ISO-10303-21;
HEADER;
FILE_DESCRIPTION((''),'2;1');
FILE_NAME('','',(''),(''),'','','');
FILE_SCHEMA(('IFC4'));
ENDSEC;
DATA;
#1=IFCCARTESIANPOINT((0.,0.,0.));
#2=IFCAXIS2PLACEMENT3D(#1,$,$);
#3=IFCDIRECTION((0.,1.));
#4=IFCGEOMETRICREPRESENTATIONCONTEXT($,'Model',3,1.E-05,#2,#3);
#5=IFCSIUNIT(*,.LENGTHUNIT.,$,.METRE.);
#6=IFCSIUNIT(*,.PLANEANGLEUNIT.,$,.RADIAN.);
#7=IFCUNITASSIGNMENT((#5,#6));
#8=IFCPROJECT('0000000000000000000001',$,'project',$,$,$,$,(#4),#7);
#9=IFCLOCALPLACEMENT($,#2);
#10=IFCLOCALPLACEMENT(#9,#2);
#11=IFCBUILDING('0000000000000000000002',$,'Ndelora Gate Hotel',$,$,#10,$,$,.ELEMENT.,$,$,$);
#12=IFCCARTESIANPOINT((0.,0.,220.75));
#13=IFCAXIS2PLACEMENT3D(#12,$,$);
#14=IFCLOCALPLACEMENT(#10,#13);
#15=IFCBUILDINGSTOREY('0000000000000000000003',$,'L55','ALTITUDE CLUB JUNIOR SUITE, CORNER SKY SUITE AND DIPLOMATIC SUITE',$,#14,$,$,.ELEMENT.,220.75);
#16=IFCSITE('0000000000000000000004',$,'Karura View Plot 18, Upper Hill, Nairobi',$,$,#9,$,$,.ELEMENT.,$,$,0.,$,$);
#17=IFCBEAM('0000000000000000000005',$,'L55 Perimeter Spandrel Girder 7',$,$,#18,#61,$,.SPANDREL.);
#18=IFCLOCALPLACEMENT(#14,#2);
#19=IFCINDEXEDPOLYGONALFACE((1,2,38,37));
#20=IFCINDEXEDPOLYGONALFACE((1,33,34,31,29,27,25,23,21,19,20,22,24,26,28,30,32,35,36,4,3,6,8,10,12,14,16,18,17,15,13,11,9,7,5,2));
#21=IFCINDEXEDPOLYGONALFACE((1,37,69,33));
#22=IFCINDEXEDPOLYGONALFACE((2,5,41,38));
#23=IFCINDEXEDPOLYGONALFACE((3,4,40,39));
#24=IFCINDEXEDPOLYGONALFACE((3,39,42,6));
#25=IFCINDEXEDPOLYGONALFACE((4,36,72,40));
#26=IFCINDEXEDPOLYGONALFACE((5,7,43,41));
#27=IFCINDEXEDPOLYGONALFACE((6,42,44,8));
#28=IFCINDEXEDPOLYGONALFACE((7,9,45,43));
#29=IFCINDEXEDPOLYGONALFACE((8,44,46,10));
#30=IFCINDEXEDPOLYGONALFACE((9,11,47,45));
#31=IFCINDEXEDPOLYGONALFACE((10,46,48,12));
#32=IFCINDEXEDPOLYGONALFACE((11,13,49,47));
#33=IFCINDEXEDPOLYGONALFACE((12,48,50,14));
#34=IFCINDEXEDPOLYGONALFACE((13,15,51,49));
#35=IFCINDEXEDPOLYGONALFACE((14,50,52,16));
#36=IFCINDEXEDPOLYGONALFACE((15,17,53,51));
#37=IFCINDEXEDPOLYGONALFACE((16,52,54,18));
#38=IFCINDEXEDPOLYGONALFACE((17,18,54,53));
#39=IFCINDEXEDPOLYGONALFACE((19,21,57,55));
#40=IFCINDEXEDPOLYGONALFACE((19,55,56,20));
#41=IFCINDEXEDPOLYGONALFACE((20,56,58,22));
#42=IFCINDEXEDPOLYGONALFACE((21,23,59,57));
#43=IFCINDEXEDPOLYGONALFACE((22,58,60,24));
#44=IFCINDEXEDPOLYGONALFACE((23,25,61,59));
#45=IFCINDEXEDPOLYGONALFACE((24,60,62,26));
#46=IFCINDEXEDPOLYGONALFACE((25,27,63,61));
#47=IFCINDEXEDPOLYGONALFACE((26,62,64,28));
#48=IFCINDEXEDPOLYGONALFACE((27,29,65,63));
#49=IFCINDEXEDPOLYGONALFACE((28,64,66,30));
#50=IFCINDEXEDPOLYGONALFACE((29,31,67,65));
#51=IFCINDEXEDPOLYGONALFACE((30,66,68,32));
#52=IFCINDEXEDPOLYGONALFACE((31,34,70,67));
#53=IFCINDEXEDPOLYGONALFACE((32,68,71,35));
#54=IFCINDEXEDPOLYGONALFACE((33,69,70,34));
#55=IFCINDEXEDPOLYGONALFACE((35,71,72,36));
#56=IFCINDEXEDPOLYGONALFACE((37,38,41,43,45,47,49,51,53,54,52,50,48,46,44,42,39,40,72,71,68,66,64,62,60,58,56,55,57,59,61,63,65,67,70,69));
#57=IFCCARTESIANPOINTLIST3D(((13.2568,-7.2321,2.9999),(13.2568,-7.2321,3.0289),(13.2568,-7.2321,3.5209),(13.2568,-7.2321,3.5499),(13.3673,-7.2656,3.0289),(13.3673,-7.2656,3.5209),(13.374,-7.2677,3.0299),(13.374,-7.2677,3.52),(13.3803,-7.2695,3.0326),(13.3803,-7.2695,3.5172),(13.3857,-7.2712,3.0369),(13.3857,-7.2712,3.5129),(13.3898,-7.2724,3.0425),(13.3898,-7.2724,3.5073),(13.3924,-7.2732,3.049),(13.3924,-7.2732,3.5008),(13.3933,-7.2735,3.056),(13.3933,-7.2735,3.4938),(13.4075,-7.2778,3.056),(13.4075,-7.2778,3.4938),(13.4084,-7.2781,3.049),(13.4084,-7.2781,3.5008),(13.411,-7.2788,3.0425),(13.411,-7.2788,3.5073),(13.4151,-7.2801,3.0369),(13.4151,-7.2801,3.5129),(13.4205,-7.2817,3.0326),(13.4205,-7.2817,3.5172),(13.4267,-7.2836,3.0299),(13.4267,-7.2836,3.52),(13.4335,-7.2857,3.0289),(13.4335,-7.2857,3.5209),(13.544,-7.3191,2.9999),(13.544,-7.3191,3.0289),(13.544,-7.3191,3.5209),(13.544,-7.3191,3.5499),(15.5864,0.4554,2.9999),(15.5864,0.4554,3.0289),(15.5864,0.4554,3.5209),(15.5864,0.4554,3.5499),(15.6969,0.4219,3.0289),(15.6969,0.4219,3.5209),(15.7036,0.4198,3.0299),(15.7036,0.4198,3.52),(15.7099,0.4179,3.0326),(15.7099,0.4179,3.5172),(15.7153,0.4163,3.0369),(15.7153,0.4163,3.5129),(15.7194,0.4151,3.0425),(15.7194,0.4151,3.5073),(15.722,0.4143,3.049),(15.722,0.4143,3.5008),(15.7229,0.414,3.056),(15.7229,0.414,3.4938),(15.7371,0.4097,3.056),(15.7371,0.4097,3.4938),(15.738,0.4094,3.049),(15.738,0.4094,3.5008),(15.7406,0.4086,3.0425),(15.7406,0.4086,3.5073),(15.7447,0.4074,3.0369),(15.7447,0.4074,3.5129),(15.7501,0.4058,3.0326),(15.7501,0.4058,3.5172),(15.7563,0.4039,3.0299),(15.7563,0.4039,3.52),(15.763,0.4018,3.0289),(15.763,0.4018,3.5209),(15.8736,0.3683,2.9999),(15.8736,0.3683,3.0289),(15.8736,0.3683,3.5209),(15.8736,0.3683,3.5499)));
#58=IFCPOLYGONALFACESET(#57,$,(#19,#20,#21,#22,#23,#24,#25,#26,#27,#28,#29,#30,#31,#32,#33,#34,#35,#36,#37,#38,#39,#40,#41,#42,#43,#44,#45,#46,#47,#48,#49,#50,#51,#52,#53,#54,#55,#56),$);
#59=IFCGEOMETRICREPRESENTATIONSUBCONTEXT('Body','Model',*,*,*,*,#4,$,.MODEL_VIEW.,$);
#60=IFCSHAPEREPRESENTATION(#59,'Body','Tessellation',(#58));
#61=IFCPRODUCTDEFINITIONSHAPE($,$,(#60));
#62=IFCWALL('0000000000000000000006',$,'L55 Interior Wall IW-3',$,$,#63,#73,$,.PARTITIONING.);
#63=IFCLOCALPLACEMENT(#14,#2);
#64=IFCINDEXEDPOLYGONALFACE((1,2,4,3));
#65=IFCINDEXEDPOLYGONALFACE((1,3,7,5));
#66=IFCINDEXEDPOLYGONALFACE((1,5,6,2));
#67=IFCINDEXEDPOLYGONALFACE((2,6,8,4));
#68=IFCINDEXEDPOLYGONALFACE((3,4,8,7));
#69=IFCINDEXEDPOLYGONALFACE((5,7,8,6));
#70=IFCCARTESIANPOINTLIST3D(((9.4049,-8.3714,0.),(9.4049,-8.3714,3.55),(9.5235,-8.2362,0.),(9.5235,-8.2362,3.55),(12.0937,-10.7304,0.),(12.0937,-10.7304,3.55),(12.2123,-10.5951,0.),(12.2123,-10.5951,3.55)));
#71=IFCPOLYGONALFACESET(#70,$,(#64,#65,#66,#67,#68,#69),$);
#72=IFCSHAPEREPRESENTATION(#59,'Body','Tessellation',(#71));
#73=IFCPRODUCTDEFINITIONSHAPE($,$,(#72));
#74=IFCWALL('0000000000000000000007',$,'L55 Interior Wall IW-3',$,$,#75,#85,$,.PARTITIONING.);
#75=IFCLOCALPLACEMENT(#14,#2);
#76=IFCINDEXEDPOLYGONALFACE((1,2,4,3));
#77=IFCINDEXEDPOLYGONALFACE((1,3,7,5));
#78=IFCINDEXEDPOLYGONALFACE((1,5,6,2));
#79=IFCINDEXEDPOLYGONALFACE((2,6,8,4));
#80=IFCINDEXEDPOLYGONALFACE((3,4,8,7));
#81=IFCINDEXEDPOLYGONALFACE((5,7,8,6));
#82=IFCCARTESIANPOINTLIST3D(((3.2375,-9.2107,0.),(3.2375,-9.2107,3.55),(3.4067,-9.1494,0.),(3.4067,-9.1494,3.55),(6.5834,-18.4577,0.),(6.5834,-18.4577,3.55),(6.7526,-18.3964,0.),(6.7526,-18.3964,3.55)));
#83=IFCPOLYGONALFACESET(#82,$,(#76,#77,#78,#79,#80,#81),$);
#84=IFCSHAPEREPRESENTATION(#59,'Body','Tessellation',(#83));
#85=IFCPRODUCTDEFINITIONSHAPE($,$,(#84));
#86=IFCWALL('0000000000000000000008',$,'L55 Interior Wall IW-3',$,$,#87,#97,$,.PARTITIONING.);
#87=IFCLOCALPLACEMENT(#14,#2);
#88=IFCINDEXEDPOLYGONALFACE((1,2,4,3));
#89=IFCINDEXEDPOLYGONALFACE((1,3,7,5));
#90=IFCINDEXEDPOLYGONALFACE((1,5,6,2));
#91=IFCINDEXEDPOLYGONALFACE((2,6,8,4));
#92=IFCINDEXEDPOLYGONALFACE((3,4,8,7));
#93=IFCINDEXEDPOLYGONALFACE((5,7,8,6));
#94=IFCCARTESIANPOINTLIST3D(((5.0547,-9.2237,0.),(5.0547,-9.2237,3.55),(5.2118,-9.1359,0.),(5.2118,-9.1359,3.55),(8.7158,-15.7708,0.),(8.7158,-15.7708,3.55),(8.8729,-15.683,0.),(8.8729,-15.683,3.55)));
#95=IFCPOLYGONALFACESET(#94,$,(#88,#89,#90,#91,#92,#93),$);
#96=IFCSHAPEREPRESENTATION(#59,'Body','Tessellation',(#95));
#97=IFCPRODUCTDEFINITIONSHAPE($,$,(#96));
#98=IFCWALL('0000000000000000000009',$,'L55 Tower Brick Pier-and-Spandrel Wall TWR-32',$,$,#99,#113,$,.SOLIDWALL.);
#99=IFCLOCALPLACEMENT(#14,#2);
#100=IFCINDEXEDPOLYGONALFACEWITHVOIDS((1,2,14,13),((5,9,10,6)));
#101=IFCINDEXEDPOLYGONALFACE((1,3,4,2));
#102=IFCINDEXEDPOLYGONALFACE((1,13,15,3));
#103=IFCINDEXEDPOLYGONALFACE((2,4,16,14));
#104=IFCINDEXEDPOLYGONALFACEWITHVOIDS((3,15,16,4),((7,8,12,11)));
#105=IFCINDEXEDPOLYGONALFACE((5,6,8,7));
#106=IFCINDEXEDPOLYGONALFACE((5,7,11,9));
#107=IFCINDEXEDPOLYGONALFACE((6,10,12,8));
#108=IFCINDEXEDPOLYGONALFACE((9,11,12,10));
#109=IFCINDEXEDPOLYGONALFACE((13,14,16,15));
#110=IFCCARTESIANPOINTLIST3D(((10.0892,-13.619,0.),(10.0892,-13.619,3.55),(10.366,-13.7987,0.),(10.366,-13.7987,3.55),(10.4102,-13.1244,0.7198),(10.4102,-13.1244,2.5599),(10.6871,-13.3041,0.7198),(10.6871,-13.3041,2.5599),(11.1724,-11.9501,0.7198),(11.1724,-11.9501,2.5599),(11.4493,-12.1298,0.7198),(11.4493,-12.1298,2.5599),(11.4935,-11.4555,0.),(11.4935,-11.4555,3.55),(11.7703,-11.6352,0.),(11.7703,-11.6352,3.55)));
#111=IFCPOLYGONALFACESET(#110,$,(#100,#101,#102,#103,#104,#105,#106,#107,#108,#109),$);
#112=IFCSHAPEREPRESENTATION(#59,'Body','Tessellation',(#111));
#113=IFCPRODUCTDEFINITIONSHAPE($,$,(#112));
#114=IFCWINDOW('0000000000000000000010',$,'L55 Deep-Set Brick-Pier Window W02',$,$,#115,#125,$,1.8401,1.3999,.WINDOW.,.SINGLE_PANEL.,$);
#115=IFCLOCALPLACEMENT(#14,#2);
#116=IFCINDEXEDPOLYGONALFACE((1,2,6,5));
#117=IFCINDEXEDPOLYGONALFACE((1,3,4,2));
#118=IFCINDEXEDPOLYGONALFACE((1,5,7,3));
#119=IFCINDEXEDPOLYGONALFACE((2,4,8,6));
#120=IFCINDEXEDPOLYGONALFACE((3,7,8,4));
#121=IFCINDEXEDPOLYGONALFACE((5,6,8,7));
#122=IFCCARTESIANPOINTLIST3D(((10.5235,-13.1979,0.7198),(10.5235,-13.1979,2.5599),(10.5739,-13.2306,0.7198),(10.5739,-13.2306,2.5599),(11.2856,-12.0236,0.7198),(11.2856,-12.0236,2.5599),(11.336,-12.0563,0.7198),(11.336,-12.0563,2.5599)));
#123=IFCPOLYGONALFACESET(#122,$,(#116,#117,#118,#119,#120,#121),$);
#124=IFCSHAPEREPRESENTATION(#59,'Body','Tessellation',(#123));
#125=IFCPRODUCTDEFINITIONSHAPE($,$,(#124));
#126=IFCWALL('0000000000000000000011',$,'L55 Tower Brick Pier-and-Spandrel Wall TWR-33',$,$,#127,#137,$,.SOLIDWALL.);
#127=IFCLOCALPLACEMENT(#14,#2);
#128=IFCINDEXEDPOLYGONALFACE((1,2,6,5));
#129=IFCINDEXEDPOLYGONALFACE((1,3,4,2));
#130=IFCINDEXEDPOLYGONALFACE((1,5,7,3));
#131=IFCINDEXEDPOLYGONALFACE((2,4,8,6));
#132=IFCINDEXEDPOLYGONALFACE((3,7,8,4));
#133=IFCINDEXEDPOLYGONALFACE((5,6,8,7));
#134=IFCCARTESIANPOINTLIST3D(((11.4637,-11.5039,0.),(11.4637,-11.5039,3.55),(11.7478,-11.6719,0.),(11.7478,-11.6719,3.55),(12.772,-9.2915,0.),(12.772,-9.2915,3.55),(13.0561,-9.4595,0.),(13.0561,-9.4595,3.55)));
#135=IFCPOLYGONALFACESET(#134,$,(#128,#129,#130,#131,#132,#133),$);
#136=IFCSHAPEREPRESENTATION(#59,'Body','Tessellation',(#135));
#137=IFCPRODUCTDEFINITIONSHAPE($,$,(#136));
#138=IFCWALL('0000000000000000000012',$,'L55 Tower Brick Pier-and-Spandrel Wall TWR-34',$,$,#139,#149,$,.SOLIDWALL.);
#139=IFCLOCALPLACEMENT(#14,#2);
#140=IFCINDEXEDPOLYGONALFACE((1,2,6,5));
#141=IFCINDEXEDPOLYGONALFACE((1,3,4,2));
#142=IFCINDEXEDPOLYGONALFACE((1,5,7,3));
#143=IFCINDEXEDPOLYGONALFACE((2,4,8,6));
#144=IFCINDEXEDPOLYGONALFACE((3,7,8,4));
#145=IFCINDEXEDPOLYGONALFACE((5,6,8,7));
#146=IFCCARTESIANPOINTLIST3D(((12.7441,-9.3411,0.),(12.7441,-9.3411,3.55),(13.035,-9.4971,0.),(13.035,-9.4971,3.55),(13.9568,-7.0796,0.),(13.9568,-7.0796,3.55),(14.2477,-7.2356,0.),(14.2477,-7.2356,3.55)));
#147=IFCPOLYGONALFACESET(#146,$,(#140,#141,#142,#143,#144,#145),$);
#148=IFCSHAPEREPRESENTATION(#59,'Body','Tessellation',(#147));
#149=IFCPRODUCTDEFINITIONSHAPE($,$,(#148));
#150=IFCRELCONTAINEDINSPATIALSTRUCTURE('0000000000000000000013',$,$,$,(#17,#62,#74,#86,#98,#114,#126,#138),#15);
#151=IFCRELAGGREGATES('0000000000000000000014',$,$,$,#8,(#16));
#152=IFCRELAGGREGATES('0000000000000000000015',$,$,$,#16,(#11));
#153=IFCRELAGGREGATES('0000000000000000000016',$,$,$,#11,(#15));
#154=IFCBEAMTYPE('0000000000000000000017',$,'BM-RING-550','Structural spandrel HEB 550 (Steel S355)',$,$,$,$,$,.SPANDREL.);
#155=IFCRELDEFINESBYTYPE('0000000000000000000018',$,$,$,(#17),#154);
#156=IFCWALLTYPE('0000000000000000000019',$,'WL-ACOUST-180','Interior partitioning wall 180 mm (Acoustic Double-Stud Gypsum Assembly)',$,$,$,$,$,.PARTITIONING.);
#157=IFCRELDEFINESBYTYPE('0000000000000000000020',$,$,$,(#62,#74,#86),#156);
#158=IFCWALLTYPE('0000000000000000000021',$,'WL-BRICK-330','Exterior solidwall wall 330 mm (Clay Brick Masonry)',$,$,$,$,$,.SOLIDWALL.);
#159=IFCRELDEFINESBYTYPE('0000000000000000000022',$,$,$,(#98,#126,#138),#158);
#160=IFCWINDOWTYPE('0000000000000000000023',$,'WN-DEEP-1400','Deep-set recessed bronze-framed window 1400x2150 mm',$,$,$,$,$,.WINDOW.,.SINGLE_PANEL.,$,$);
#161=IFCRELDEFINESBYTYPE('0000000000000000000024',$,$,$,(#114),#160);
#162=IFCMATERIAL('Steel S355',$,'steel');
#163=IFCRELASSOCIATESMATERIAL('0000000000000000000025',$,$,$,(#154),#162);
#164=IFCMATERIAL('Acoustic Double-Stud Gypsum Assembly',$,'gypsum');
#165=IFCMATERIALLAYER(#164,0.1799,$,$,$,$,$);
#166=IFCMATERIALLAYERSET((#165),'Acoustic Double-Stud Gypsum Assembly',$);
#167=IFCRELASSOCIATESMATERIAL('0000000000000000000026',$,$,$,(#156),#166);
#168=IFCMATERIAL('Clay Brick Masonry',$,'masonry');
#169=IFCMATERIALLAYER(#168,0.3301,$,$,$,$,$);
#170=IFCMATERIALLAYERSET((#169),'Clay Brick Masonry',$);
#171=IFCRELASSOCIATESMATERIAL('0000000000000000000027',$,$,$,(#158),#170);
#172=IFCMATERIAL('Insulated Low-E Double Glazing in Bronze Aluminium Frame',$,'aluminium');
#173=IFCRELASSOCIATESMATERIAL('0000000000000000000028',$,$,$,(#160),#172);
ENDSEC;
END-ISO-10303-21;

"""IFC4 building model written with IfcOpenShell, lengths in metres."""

from ifc_helpers import new_model, si_unit, direction, frame, frame_2d, origin, origin_2d, place, context, subcontext, project, spatial, rectangle, i_section, extrude, material, layer, layer_set, material_profile, profile_set, type_object, element, fill, save


model = new_model("IFC4")

# Units and contexts
model_context = context("Model", 3, precision=1e-05, world=origin(), true_north=direction((0.0, 1.0)))
body_context = subcontext(model_context, "Body", "Model", "MODEL_VIEW")
ifc_project = project(units=[si_unit("LENGTHUNIT", "METRE"), si_unit("PLANEANGLEUNIT", "RADIAN")], contexts=[model_context])

# Site, building, storey
site_placement = place(None, origin())
site = spatial("IfcSite", under=ifc_project, at=site_placement, Name="Karura View Plot 18, Upper Hill, Nairobi", CompositionType="ELEMENT", RefElevation=0.0)
building_placement = place(site_placement, origin())
building = spatial("IfcBuilding", under=site, at=building_placement, Name="Ndelora Gate Hotel", CompositionType="ELEMENT")
storey_placement = place(building_placement, frame((0.0, 0.0, 220.75)))
storey = spatial("IfcBuildingStorey", under=building, at=storey_placement, Name="L55", Description="ALTITUDE CLUB JUNIOR SUITE, CORNER SKY SUITE AND DIPLOMATIC SUITE", CompositionType="ELEMENT", Elevation=220.75)

# Beam
ifc_material_1 = material(Name="Steel S355", Category="steel")
ifc_material_profile_1 = material_profile(ifc_material_1, i_section(OverallWidth=0.3, OverallDepth=0.55, WebThickness=0.0149, FlangeThickness=0.0291, FilletRadius=0.0271, at=origin_2d()), Name="HEB 550")
ifc_profile_set_1 = profile_set([ifc_material_profile_1], Name="Steel S355")
beam_type_1 = type_object("IfcBeamType", Name="BM-RING-550", Description="Structural spandrel HEB 550 (Steel S355)", PredefinedType="SPANDREL", material=ifc_profile_set_1)
beam_1_placement = place(storey_placement, frame((13.4004, -7.2756, 3.2749), z_axis=(0.290012, 0.957023, 0.0), x_axis=(-0.957023, 0.290012, 0.0)))
element("IfcBeam", 1, at=beam_1_placement, inside=storey, type_object=beam_type_1, Name="L55 Perimeter Spandrel Girder 7", PredefinedType="SPANDREL", context=body_context, shape_type="SweptSolid", body=[
    extrude(i_section(OverallWidth=0.3, OverallDepth=0.55, WebThickness=0.0149, FlangeThickness=0.0291, FilletRadius=0.0271, at=origin_2d()), origin(), (0.0, 0.0, 1.0), 8.0327),
])

# Walls
ifc_material_2 = material(Name="Acoustic Double-Stud Gypsum Assembly", Category="gypsum")
ifc_layer_1 = layer(ifc_material_2, 0.1799)
ifc_layer_set_1 = layer_set([ifc_layer_1], Name="Acoustic Double-Stud Gypsum Assembly")
wall_type_1 = type_object("IfcWallType", Name="WL-ACOUST-180", Description="Interior partitioning wall 180 mm (Acoustic Double-Stud Gypsum Assembly)", PredefinedType="PARTITIONING", material=ifc_layer_set_1)
wall_1_placement = place(storey_placement, frame((9.4641, -8.3037, 0.0), z_axis=(0.0, 0.0, 1.0), x_axis=(0.751709, -0.659495, 0.0)))
element("IfcWall", 2, at=wall_1_placement, inside=storey, type_object=wall_type_1, Name="L55 Interior Wall IW-3", PredefinedType="PARTITIONING", context=body_context, shape_type="SweptSolid", body=[
    extrude(rectangle(XDim=3.5769, YDim=0.1799, at=frame_2d((1.7886, 0.0))), origin(), (0.0, 0.0, 1.0), 3.55),
])
wall_2_placement = place(storey_placement, frame((3.322, -9.1799, 0.0), z_axis=(0.0, 0.0, 1.0), x_axis=(0.34025, -0.940335, 0.0)))
element("IfcWall", 3, at=wall_2_placement, inside=storey, type_object=wall_type_1, Name="L55 Interior Wall IW-3", PredefinedType="PARTITIONING", context=body_context, shape_type="SweptSolid", body=[
    extrude(rectangle(XDim=9.8337, YDim=0.1799, at=frame_2d((4.917, 0.0))), origin(), (0.0, 0.0, 1.0), 3.55),
])
wall_3_placement = place(storey_placement, frame((5.1333, -9.1799, 0.0), z_axis=(0.0, 0.0, 1.0), x_axis=(0.48807, -0.872804, 0.0)))
element("IfcWall", 4, at=wall_3_placement, inside=storey, type_object=wall_type_1, Name="L55 Interior Wall IW-3", PredefinedType="PARTITIONING", context=body_context, shape_type="SweptSolid", body=[
    extrude(rectangle(XDim=7.5012, YDim=0.1799, at=frame_2d((3.7505, 0.0))), origin(), (0.0, 0.0, 1.0), 3.55),
])

# Wall, opening, window
ifc_material_3 = material(Name="Clay Brick Masonry", Category="masonry")
ifc_layer_2 = layer(ifc_material_3, 0.3301)
ifc_layer_set_2 = layer_set([ifc_layer_2], Name="Clay Brick Masonry")
wall_type_2 = type_object("IfcWallType", Name="WL-BRICK-330", Description="Exterior solidwall wall 330 mm (Clay Brick Masonry)", PredefinedType="SOLIDWALL", material=ifc_layer_set_2)
wall_4_placement = place(storey_placement, frame((11.6318, -11.5454, 0.0), z_axis=(0.0, 0.0, 1.0), x_axis=(-0.544436, -0.838802, 0.0)))
wall_4 = element("IfcWall", 5, at=wall_4_placement, inside=storey, type_object=wall_type_2, Name="L55 Tower Brick Pier-and-Spandrel Wall TWR-32", PredefinedType="SOLIDWALL", context=body_context, shape_type="SweptSolid", body=[
    extrude(rectangle(XDim=2.5793, YDim=0.3301, at=frame_2d((1.2896, 0.0))), origin(), (0.0, 0.0, 1.0), 3.55),
])
opening_1_placement = place(wall_4_placement, frame((0.5896, 0.0, 0.72)))
opening_1 = element("IfcOpeningElement", 6, at=opening_1_placement, cuts=wall_4, PredefinedType="OPENING", context=body_context, shape_type="SweptSolid", body=[
    extrude(rectangle(XDim=1.3999, YDim=1.8401, at=frame_2d((0.7, 0.9199))), frame((0.0, 0.175, 0.0), z_axis=(0.0, -1.0, 0.0), x_axis=(1.0, 0.0, 0.0)), (0.0, 0.0, 1.0), 0.3501),
])
ifc_material_4 = material(Name="Insulated Low-E Double Glazing in Bronze Aluminium Frame", Category="aluminium")
window_type = type_object("IfcWindowType", Name="WN-DEEP-1400", Description="Deep-set recessed bronze-framed window 1400x2150 mm", PartitioningType="SINGLE_PANEL", PredefinedType="WINDOW", material=ifc_material_4)
window_placement = place(opening_1_placement, origin())
window = element("IfcWindow", 7, at=window_placement, inside=storey, type_object=window_type, Name="L55 Deep-Set Brick-Pier Window W02", OverallHeight=1.8401, OverallWidth=1.3999, PartitioningType="SINGLE_PANEL", PredefinedType="WINDOW", context=body_context, shape_type="SweptSolid", body=[
    extrude(rectangle(XDim=1.3999, YDim=1.8401, at=frame_2d((0.7, 0.9199))), frame((0.0, 0.03, 0.0), z_axis=(0.0, -1.0, 0.0), x_axis=(1.0, 0.0, 0.0)), (0.0, 0.0, 1.0), 0.0601),
])
fill(opening_1, window)

# Walls
wall_5_placement = place(storey_placement, frame((12.9141, -9.3755, 0.0), z_axis=(0.0, 0.0, 1.0), x_axis=(-0.509024, -0.860753, 0.0)))
element("IfcWall", 8, at=wall_5_placement, inside=storey, type_object=wall_type_2, Name="L55 Tower Brick Pier-and-Spandrel Wall TWR-33", PredefinedType="SOLIDWALL", context=body_context, shape_type="SweptSolid", body=[
    extrude(rectangle(XDim=2.5703, YDim=0.3301, at=frame_2d((1.2852, 0.0))), origin(), (0.0, 0.0, 1.0), 3.55),
])
wall_6_placement = place(storey_placement, frame((14.1023, -7.1575, 0.0), z_axis=(0.0, 0.0, 1.0), x_axis=(-0.472567, -0.881295, 0.0)))
element("IfcWall", 9, at=wall_6_placement, inside=storey, type_object=wall_type_2, Name="L55 Tower Brick Pier-and-Spandrel Wall TWR-34", PredefinedType="SOLIDWALL", context=body_context, shape_type="SweptSolid", body=[
    extrude(rectangle(XDim=2.5662, YDim=0.3301, at=frame_2d((1.2832, 0.0))), origin(), (0.0, 0.0, 1.0), 3.55),
])

save(model, "model.ifc")
